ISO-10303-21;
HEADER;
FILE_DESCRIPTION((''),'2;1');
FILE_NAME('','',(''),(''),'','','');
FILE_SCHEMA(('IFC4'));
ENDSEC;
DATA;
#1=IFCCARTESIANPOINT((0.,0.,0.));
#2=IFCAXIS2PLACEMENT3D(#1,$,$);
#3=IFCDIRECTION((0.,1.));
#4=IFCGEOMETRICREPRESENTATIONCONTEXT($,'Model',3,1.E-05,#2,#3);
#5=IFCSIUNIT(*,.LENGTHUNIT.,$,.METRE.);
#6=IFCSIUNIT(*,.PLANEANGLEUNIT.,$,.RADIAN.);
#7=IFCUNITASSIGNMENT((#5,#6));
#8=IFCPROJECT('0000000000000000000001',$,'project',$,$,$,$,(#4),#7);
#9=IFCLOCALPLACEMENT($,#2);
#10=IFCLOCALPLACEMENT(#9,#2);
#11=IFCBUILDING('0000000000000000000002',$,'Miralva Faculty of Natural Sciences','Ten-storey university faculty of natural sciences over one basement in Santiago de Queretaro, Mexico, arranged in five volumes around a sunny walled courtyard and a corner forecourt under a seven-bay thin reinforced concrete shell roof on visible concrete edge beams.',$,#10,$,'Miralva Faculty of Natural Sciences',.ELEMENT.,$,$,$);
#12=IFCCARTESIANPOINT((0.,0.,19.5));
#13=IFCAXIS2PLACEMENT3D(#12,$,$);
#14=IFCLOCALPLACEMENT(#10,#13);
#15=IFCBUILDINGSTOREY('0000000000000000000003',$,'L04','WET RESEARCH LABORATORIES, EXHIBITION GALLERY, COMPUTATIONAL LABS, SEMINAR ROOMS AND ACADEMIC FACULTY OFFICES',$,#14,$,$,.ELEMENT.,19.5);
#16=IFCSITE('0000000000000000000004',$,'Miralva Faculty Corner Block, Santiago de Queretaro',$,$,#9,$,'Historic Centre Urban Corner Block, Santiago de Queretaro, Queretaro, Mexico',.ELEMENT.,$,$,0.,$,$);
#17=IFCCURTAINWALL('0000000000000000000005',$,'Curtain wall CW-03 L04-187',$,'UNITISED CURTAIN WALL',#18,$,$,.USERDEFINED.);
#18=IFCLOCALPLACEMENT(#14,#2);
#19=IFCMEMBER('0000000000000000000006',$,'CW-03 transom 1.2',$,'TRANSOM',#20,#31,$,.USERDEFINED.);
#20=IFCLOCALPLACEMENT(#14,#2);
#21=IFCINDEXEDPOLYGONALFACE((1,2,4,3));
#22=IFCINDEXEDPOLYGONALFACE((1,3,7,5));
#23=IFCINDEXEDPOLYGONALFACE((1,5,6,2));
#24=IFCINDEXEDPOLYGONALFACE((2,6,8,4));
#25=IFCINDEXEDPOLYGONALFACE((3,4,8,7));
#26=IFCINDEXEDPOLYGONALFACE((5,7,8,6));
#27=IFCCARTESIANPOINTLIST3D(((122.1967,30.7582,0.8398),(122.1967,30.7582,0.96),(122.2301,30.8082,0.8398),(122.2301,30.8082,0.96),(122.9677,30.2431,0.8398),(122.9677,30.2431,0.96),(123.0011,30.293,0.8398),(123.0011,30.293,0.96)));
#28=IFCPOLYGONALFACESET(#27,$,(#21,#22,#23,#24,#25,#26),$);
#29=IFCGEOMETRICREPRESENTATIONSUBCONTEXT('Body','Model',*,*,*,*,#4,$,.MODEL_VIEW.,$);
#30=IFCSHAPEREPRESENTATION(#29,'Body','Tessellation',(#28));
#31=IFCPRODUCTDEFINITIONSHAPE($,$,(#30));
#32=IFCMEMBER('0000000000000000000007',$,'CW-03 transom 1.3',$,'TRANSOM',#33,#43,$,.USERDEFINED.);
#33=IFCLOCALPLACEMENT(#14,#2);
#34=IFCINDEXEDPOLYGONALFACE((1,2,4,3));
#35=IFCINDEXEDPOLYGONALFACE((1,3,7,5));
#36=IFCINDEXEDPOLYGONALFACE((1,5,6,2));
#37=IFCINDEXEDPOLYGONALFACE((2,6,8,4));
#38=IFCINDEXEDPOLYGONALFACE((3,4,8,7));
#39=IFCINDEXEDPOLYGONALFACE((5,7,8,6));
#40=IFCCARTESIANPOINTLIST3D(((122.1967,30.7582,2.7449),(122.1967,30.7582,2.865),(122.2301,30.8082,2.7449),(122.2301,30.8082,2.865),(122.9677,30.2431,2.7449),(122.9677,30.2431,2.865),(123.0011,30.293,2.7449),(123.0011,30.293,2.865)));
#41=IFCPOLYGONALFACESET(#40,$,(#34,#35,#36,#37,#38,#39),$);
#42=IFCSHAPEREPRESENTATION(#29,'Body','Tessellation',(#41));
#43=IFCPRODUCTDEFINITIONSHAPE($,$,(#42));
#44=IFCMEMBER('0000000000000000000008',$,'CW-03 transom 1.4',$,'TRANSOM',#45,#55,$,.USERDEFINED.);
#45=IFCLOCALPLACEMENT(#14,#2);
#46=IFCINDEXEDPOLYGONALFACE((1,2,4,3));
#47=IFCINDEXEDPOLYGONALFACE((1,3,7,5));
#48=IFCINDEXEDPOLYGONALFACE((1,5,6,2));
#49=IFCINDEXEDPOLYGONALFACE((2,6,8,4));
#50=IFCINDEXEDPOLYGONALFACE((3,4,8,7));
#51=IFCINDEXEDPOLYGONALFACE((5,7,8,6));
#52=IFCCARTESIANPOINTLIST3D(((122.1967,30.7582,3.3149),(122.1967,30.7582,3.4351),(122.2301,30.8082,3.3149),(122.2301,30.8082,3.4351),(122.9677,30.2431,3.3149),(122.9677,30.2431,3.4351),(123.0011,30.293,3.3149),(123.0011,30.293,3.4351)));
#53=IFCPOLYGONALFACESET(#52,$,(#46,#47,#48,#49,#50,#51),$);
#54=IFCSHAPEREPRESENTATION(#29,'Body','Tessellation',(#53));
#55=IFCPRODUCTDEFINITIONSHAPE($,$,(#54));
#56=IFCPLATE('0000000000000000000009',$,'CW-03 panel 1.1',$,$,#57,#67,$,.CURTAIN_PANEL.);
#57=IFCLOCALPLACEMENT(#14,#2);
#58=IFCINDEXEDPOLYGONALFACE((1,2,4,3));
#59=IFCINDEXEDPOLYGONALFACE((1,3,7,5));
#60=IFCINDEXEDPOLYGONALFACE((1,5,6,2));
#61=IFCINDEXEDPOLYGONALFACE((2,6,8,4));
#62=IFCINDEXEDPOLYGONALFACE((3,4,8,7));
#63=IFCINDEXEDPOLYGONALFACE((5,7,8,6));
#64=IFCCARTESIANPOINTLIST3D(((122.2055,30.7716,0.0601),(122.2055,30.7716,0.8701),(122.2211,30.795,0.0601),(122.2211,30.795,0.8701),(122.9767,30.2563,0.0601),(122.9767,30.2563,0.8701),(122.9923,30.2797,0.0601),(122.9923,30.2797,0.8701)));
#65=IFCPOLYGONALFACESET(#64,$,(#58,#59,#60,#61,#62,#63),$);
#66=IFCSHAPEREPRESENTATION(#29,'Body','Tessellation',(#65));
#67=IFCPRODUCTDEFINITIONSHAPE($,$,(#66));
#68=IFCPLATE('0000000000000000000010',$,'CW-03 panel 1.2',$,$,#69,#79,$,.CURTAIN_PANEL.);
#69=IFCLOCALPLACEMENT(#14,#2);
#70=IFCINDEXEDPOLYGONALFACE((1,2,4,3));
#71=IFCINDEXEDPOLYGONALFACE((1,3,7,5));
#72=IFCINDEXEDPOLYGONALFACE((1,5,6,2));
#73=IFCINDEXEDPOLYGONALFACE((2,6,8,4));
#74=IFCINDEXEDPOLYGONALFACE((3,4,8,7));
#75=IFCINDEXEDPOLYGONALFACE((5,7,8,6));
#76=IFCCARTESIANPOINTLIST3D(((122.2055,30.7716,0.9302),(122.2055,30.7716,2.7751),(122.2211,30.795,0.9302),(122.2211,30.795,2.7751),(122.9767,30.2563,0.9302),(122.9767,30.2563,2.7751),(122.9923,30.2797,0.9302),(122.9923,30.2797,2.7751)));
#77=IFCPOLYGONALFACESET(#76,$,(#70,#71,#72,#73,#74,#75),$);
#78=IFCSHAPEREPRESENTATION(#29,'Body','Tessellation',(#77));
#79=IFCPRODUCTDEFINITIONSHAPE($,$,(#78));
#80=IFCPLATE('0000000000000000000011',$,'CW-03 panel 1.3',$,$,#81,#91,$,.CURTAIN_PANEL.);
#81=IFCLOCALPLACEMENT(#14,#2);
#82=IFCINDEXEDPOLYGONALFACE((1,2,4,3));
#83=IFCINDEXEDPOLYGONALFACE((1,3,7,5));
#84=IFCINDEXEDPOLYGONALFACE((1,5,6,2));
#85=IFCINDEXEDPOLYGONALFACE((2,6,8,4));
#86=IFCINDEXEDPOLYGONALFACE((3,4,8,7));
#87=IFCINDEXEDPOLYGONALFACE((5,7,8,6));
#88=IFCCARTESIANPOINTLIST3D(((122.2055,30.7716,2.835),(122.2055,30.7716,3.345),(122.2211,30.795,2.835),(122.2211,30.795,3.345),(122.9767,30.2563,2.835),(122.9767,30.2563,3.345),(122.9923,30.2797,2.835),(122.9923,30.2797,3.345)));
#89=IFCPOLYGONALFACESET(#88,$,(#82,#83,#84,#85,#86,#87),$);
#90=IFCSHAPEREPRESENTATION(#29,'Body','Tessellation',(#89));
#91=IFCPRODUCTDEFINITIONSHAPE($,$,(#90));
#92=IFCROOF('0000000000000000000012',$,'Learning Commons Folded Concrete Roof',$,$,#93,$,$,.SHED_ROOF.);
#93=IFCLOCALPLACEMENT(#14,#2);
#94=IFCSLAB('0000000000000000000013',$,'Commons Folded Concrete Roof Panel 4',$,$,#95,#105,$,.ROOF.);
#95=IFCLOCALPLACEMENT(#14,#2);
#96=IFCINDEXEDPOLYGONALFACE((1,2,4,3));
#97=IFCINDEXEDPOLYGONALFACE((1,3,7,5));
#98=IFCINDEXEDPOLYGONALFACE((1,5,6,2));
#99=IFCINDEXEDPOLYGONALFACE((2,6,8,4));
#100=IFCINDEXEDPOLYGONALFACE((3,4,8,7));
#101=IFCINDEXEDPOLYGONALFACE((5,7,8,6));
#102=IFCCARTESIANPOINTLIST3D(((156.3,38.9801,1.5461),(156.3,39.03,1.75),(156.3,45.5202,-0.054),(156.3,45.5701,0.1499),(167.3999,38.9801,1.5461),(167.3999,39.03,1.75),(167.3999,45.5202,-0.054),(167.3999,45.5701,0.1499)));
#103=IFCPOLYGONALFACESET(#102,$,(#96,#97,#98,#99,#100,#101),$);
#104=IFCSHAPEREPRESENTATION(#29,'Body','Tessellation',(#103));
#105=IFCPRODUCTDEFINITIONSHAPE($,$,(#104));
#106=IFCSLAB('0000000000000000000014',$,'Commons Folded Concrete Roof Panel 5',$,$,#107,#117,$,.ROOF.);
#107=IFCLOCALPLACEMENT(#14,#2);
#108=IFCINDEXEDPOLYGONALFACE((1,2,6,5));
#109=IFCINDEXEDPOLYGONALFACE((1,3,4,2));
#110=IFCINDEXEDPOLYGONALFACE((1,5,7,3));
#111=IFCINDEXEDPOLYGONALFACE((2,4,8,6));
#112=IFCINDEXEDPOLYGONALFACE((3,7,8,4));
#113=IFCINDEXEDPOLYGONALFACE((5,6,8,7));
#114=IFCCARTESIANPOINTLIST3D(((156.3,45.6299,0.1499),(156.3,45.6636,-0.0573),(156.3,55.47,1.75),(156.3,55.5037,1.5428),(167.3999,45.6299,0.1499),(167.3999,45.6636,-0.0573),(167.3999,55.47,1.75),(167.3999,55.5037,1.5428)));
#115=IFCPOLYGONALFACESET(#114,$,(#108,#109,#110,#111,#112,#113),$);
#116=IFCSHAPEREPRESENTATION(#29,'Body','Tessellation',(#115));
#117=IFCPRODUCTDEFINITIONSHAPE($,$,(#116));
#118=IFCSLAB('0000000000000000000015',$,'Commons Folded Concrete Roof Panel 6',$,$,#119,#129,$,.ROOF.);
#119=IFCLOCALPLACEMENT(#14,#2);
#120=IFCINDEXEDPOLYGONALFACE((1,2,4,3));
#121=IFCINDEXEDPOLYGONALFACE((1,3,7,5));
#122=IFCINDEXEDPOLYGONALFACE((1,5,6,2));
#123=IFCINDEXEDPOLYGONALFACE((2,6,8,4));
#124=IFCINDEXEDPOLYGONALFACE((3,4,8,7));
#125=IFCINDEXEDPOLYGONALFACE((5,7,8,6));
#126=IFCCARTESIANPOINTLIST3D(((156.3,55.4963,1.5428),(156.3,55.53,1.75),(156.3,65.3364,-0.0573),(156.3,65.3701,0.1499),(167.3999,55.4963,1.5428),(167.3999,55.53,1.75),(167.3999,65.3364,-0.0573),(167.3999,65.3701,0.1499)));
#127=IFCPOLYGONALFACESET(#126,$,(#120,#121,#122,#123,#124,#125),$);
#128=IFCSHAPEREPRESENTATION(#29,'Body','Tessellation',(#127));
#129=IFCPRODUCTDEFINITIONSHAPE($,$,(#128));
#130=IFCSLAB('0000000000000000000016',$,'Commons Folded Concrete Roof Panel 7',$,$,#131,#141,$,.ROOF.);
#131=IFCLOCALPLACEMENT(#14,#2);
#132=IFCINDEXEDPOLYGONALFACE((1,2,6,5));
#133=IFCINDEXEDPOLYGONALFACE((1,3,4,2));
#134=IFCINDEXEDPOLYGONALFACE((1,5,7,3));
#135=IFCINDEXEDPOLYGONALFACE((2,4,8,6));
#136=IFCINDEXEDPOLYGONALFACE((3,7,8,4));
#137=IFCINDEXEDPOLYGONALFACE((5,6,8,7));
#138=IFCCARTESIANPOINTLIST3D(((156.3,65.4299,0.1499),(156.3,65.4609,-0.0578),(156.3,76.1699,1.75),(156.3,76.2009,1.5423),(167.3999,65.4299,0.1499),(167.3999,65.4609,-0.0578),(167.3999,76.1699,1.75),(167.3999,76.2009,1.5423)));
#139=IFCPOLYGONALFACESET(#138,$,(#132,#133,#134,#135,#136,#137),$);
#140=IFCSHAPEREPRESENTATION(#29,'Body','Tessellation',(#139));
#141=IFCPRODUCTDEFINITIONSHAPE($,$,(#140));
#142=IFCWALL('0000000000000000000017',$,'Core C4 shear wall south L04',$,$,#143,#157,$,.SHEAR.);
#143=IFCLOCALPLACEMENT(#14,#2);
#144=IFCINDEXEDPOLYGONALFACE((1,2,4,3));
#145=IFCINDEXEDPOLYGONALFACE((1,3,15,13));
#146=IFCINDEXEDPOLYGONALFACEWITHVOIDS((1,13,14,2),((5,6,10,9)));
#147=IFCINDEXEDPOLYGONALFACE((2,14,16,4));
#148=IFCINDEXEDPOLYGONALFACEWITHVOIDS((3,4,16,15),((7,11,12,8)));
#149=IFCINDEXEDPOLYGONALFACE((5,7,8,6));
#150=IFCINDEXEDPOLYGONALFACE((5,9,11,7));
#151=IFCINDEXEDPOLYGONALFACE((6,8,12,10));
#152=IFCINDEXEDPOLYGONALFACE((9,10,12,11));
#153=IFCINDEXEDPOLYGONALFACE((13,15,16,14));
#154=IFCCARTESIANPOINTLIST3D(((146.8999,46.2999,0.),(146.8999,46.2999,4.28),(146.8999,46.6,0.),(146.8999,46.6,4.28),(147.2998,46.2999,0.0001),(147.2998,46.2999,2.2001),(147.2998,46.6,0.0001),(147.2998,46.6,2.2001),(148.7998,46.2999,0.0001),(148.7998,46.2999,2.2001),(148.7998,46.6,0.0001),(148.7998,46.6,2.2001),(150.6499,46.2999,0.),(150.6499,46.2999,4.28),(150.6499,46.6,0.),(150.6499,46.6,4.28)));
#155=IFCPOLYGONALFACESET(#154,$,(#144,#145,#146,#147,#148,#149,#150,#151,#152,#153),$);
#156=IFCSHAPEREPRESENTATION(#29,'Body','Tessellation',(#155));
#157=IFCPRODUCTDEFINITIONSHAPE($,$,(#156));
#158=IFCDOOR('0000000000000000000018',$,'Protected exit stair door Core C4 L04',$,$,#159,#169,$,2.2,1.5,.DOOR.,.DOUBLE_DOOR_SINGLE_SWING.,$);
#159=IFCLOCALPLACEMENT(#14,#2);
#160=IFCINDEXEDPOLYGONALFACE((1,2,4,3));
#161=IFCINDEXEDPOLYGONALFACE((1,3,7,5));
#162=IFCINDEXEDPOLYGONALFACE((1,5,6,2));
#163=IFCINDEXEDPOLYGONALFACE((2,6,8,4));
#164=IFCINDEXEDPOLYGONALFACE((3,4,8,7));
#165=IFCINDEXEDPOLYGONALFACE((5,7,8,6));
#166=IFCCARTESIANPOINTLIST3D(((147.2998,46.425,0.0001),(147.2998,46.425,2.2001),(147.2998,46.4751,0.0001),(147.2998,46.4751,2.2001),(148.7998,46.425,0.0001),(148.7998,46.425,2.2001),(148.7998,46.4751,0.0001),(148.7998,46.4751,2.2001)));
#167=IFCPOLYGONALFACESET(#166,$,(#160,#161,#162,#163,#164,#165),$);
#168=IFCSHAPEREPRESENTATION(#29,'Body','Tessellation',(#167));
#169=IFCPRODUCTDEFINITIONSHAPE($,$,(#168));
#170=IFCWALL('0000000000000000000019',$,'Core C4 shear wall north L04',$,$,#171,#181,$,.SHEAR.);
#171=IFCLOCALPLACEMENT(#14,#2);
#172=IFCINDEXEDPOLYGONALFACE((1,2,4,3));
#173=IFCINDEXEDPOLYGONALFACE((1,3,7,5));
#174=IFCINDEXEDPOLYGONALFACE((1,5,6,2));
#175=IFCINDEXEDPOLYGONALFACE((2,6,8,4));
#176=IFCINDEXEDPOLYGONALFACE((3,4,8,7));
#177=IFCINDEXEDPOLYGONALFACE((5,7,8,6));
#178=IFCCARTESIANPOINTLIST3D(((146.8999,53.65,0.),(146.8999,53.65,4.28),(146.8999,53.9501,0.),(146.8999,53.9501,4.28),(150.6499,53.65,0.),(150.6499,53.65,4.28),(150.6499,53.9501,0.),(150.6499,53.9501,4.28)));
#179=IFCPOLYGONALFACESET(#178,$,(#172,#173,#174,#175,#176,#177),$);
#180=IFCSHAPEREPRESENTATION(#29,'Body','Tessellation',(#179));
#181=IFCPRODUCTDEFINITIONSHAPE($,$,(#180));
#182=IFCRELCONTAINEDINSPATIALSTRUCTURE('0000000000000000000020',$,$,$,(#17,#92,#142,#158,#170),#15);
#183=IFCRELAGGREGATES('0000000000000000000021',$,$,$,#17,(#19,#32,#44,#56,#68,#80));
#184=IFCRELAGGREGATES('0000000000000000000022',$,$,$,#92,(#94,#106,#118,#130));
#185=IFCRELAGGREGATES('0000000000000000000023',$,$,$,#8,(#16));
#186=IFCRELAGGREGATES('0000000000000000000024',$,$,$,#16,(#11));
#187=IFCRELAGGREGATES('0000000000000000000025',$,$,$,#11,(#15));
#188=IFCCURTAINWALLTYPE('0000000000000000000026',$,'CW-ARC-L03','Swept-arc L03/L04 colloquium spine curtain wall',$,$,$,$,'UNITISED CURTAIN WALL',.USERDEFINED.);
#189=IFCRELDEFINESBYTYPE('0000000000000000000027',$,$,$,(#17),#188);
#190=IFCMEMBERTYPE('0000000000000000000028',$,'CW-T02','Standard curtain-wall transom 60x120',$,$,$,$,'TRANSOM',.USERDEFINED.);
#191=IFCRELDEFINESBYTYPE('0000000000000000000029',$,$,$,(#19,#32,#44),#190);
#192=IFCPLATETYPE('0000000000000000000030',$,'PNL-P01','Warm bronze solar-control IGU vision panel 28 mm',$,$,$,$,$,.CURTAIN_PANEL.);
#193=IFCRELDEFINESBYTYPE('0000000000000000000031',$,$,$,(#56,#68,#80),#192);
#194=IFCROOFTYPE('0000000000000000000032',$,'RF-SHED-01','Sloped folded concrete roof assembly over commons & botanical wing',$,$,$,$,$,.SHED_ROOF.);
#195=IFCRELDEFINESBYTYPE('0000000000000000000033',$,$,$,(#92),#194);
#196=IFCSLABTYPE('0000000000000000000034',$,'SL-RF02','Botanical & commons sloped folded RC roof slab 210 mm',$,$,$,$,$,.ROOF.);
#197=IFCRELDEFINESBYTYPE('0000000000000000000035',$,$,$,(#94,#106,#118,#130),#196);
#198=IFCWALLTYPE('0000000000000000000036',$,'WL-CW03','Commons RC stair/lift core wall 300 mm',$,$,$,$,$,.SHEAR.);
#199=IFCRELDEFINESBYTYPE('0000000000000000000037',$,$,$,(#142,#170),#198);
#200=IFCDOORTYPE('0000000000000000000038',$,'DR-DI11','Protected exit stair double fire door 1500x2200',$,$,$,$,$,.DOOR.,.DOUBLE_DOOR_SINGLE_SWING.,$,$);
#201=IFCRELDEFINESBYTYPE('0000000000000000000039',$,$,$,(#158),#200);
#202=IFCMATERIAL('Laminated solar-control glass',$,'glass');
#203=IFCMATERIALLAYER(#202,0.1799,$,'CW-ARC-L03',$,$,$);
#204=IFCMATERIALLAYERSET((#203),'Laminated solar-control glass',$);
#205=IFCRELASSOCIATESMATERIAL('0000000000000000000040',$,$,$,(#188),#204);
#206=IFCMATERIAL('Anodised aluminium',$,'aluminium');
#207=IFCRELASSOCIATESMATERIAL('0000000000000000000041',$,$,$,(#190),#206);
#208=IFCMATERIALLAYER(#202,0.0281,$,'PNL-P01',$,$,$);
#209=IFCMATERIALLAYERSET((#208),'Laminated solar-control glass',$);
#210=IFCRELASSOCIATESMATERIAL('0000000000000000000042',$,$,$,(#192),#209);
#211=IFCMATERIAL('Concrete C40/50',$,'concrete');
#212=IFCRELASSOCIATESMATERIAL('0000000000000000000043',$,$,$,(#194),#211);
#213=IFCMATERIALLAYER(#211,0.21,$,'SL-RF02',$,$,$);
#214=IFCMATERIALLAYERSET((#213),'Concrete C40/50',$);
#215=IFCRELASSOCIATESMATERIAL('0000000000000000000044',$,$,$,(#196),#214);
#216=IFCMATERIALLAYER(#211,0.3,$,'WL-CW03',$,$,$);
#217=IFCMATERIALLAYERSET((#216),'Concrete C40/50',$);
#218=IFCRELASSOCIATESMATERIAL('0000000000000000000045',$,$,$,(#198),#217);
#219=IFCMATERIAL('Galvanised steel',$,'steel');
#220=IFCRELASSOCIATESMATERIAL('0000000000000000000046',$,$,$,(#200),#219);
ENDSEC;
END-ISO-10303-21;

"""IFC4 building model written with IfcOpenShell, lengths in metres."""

from ifc_helpers import new_model, si_unit, direction, frame, frame_2d, origin, origin_2d, place, context, subcontext, project, spatial, polyline, rectangle, outline, extrude, material, layer, layer_set, material_profile, profile_set, type_object, element, fill, aggregate, save


model = new_model("IFC4")

# Units and contexts
model_context = context("Model", 3, precision=1e-05, world=origin(), true_north=direction((0.0, 1.0)))
body_context = subcontext(model_context, "Body", "Model", "MODEL_VIEW")
ifc_project = project(units=[si_unit("LENGTHUNIT", "METRE"), si_unit("PLANEANGLEUNIT", "RADIAN")], contexts=[model_context])

# Site, building, storey
site_placement = place(None, origin())
site = spatial("IfcSite", under=ifc_project, at=site_placement, Name="Miralva Faculty Corner Block, Santiago de Queretaro", LongName="Historic Centre Urban Corner Block, Santiago de Queretaro, Queretaro, Mexico", CompositionType="ELEMENT", RefElevation=0.0)
building_placement = place(site_placement, origin())
building = spatial("IfcBuilding", under=site, at=building_placement, Name="Miralva Faculty of Natural Sciences", Description="Ten-storey university faculty of natural sciences over one basement in Santiago de Queretaro, Mexico, arranged in five volumes around a sunny walled courtyard and a corner forecourt under a seven-bay thin reinforced concrete shell roof on visible concrete edge beams.", LongName="Miralva Faculty of Natural Sciences", CompositionType="ELEMENT")
storey_placement = place(building_placement, frame((0.0, 0.0, 19.5)))
storey = spatial("IfcBuildingStorey", under=building, at=storey_placement, Name="L04", Description="WET RESEARCH LABORATORIES, EXHIBITION GALLERY, COMPUTATIONAL LABS, SEMINAR ROOMS AND ACADEMIC FACULTY OFFICES", CompositionType="ELEMENT", Elevation=19.5)

# Shared definitions
ifc_material_1 = material(Name="Concrete C40/50", Category="concrete")

# Shared definitions
ifc_material_2 = material(Name="Laminated solar-control glass", Category="glass")
ifc_layer_1 = layer(ifc_material_2, 0.1799, Name="CW-ARC-L03")
ifc_layer_set_1 = layer_set([ifc_layer_1], Name="Laminated solar-control glass")
curtain_wall_type = type_object("IfcCurtainWallType", Name="CW-ARC-L03", Description="Swept-arc L03/L04 colloquium spine curtain wall", ElementType="UNITISED CURTAIN WALL", PredefinedType="USERDEFINED", material=ifc_layer_set_1)
ifc_material_3 = material(Name="Anodised aluminium", Category="aluminium")

# Curtain wall, members, plates
curtain_wall_1_placement = place(storey_placement, origin())
curtain_wall_1 = element("IfcCurtainWall", 1, at=curtain_wall_1_placement, inside=storey, type_object=curtain_wall_type, Name="Curtain wall CW-03 L04-187", ObjectType="UNITISED CURTAIN WALL", PredefinedType="USERDEFINED")
ifc_material_profile_1 = material_profile(ifc_material_3, rectangle(XDim=0.0601, YDim=0.1201, at=origin_2d()), Name="TRANSOM 60x120")
ifc_profile_set_1 = profile_set([ifc_material_profile_1], Name="Anodised aluminium")
member_type_1 = type_object("IfcMemberType", Name="CW-T02", Description="Standard curtain-wall transom 60x120", ElementType="TRANSOM", PredefinedType="USERDEFINED", material=ifc_profile_set_1)
member_1_placement = place(storey_placement, frame((122.2134, 30.7832, 0.8999), z_axis=(0.831483, -0.555551, 0.0), x_axis=(0.555551, 0.831483, 0.0)))
member_1 = element("IfcMember", 2, at=member_1_placement, type_object=member_type_1, Name="CW-03 transom 1.2", ObjectType="TRANSOM", PredefinedType="USERDEFINED", context=body_context, shape_type="SweptSolid", body=[
    extrude(rectangle(XDim=0.0601, YDim=0.1201, at=origin_2d()), origin(), (0.0, 0.0, 1.0), 0.9272),
])
member_2_placement = place(storey_placement, frame((122.2134, 30.7832, 2.8049), z_axis=(0.831483, -0.555551, 0.0), x_axis=(0.555551, 0.831483, 0.0)))
member_2 = element("IfcMember", 3, at=member_2_placement, type_object=member_type_1, Name="CW-03 transom 1.3", ObjectType="TRANSOM", PredefinedType="USERDEFINED", context=body_context, shape_type="SweptSolid", body=[
    extrude(rectangle(XDim=0.0601, YDim=0.1201, at=origin_2d()), origin(), (0.0, 0.0, 1.0), 0.9272),
])
member_3_placement = place(storey_placement, frame((122.2134, 30.7832, 3.375), z_axis=(0.831483, -0.555551, 0.0), x_axis=(0.555551, 0.831483, 0.0)))
member_3 = element("IfcMember", 4, at=member_3_placement, type_object=member_type_1, Name="CW-03 transom 1.4", ObjectType="TRANSOM", PredefinedType="USERDEFINED", context=body_context, shape_type="SweptSolid", body=[
    extrude(rectangle(XDim=0.0601, YDim=0.1201, at=origin_2d()), origin(), (0.0, 0.0, 1.0), 0.9272),
])
ifc_layer_2 = layer(ifc_material_2, 0.0281, Name="PNL-P01")
ifc_layer_set_2 = layer_set([ifc_layer_2], Name="Laminated solar-control glass")
plate_type = type_object("IfcPlateType", Name="PNL-P01", Description="Warm bronze solar-control IGU vision panel 28 mm", PredefinedType="CURTAIN_PANEL", material=ifc_layer_set_2)
plate_1_placement = place(storey_placement, frame((122.5989, 30.5256, 0.0601), z_axis=(0.0, 0.0, 1.0), x_axis=(0.831457, -0.555589, 0.0)))
plate_1 = element("IfcPlate", 5, at=plate_1_placement, type_object=plate_type, Name="CW-03 panel 1.1", PredefinedType="CURTAIN_PANEL", context=body_context, shape_type="SweptSolid", body=[
    extrude(rectangle(XDim=0.9275, YDim=0.0281, at=origin_2d()), origin(), (0.0, 0.0, 1.0), 0.8101),
])
plate_2_placement = place(storey_placement, frame((122.5989, 30.5256, 0.9302), z_axis=(0.0, 0.0, 1.0), x_axis=(0.831457, -0.555589, 0.0)))
plate_2 = element("IfcPlate", 6, at=plate_2_placement, type_object=plate_type, Name="CW-03 panel 1.2", PredefinedType="CURTAIN_PANEL", context=body_context, shape_type="SweptSolid", body=[
    extrude(rectangle(XDim=0.9275, YDim=0.0281, at=origin_2d()), origin(), (0.0, 0.0, 1.0), 1.845),
])
plate_3_placement = place(storey_placement, frame((122.5989, 30.5256, 2.835), z_axis=(0.0, 0.0, 1.0), x_axis=(0.831457, -0.555589, 0.0)))
plate_3 = element("IfcPlate", 7, at=plate_3_placement, type_object=plate_type, Name="CW-03 panel 1.3", PredefinedType="CURTAIN_PANEL", context=body_context, shape_type="SweptSolid", body=[
    extrude(rectangle(XDim=0.9275, YDim=0.0281, at=origin_2d()), origin(), (0.0, 0.0, 1.0), 0.51),
])
aggregate(curtain_wall_1, [member_1, member_2, member_3, plate_1, plate_2, plate_3])

# Roof, slabs
roof_type = type_object("IfcRoofType", Name="RF-SHED-01", Description="Sloped folded concrete roof assembly over commons & botanical wing", PredefinedType="SHED_ROOF", material=ifc_material_1)
roof_placement = place(storey_placement, origin())
roof = element("IfcRoof", 8, at=roof_placement, inside=storey, type_object=roof_type, Name="Learning Commons Folded Concrete Roof", PredefinedType="SHED_ROOF")
ifc_layer_3 = layer(ifc_material_1, 0.21, Name="SL-RF02")
ifc_layer_set_3 = layer_set([ifc_layer_3], Name="Concrete C40/50")
slab_type = type_object("IfcSlabType", Name="SL-RF02", Description="Botanical & commons sloped folded RC roof slab 210 mm", PredefinedType="ROOF", material=ifc_layer_set_3)
slab_1_placement = place(storey_placement, frame((156.3, 39.03, 1.75), z_axis=(0.0, 0.237652, 0.97135), x_axis=(1.0, 0.0, 0.0)))
slab_1 = element("IfcSlab", 9, at=slab_1_placement, type_object=slab_type, Name="Commons Folded Concrete Roof Panel 4", PredefinedType="ROOF", context=body_context, shape_type="SweptSolid", body=[
    extrude(outline(polyline([(0.0, 0.0), (11.0999, 0.0), (11.0999, 6.7329), (0.0, 6.7329), (0.0, 0.0)])), origin(), (0.0, 0.0, -1.0), 0.21),
])
slab_2_placement = place(storey_placement, frame((156.3, 45.6299, 0.1499), z_axis=(0.0, -0.160502, 0.987036), x_axis=(1.0, 0.0, 0.0)))
slab_2 = element("IfcSlab", 10, at=slab_2_placement, type_object=slab_type, Name="Commons Folded Concrete Roof Panel 5", PredefinedType="ROOF", context=body_context, shape_type="SweptSolid", body=[
    extrude(outline(polyline([(0.0, 0.0), (11.0999, 0.0), (11.0999, 9.9693), (0.0, 9.9693), (0.0, 0.0)])), origin(), (0.0, 0.0, -1.0), 0.21),
])
slab_3_placement = place(storey_placement, frame((156.3, 55.53, 1.75), z_axis=(0.0, 0.160502, 0.987036), x_axis=(1.0, 0.0, 0.0)))
slab_3 = element("IfcSlab", 11, at=slab_3_placement, type_object=slab_type, Name="Commons Folded Concrete Roof Panel 6", PredefinedType="ROOF", context=body_context, shape_type="SweptSolid", body=[
    extrude(outline(polyline([(0.0, 0.0), (11.0999, 0.0), (11.0999, 9.9693), (0.0, 9.9693), (0.0, 0.0)])), origin(), (0.0, 0.0, -1.0), 0.21),
])
slab_4_placement = place(storey_placement, frame((156.3, 65.4299, 0.1499), z_axis=(0.0, -0.147359, 0.989083), x_axis=(1.0, 0.0, 0.0)))
slab_4 = element("IfcSlab", 12, at=slab_4_placement, type_object=slab_type, Name="Commons Folded Concrete Roof Panel 7", PredefinedType="ROOF", context=body_context, shape_type="SweptSolid", body=[
    extrude(outline(polyline([(0.0, 0.0), (11.0999, 0.0), (11.0999, 10.8585), (0.0, 10.8585), (0.0, 0.0)])), origin(), (0.0, 0.0, -1.0), 0.21),
])
aggregate(roof, [slab_1, slab_2, slab_3, slab_4])

# Wall, opening, door
ifc_layer_4 = layer(ifc_material_1, 0.3, Name="WL-CW03")
ifc_layer_set_4 = layer_set([ifc_layer_4], Name="Concrete C40/50")
wall_type = type_object("IfcWallType", Name="WL-CW03", Description="Commons RC stair/lift core wall 300 mm", PredefinedType="SHEAR", material=ifc_layer_set_4)
wall_1_placement = place(storey_placement, frame((146.8999, 46.45, 0.0), z_axis=(0.0, 0.0, 1.0), x_axis=(1.0, 0.0, 0.0)))
wall_1 = element("IfcWall", 13, at=wall_1_placement, inside=storey, type_object=wall_type, Name="Core C4 shear wall south L04", PredefinedType="SHEAR", context=body_context, shape_type="SweptSolid", body=[
    extrude(rectangle(XDim=3.75, YDim=0.3, at=frame_2d((1.875, 0.0))), origin(), (0.0, 0.0, 1.0), 4.28),
])
opening_placement = place(wall_1_placement, frame((0.3999, 0.0, 0.0)))
opening = element("IfcOpeningElement", 14, at=opening_placement, cuts=wall_1, PredefinedType="OPENING", context=body_context, shape_type="SweptSolid", body=[
    extrude(rectangle(XDim=1.5, YDim=2.2, at=frame_2d((0.75, 1.1001))), frame((0.0, 0.1599, 0.0), z_axis=(0.0, -1.0, 0.0), x_axis=(1.0, 0.0, 0.0)), (0.0, 0.0, 1.0), 0.3201),
])
ifc_material_4 = material(Name="Galvanised steel", Category="steel")
door_type = type_object("IfcDoorType", Name="DR-DI11", Description="Protected exit stair double fire door 1500x2200", OperationType="DOUBLE_DOOR_SINGLE_SWING", PredefinedType="DOOR", material=ifc_material_4)
door_placement = place(opening_placement, frame((1.5, 0.0, 0.0), z_axis=(0.0, 0.0, 1.0), x_axis=(-1.0, 0.0, 0.0)))
door = element("IfcDoor", 15, at=door_placement, inside=storey, type_object=door_type, Name="Protected exit stair door Core C4 L04", OperationType="DOUBLE_DOOR_SINGLE_SWING", OverallHeight=2.2, OverallWidth=1.5, PredefinedType="DOOR", context=body_context, shape_type="SweptSolid", body=[
    extrude(rectangle(XDim=1.5, YDim=2.2, at=frame_2d((0.75, 1.1001))), frame((0.0, 0.0249, 0.0), z_axis=(0.0, -1.0, 0.0), x_axis=(1.0, 0.0, 0.0)), (0.0, 0.0, 1.0), 0.05),
])
fill(opening, door)

# Wall
wall_2_placement = place(storey_placement, frame((146.8999, 53.8, 0.0), z_axis=(0.0, 0.0, 1.0), x_axis=(1.0, 0.0, 0.0)))
element("IfcWall", 16, at=wall_2_placement, inside=storey, type_object=wall_type, Name="Core C4 shear wall north L04", PredefinedType="SHEAR", context=body_context, shape_type="SweptSolid", body=[
    extrude(rectangle(XDim=3.75, YDim=0.3, at=frame_2d((1.875, 0.0))), origin(), (0.0, 0.0, 1.0), 4.28),
])

save(model, "model.ifc")
